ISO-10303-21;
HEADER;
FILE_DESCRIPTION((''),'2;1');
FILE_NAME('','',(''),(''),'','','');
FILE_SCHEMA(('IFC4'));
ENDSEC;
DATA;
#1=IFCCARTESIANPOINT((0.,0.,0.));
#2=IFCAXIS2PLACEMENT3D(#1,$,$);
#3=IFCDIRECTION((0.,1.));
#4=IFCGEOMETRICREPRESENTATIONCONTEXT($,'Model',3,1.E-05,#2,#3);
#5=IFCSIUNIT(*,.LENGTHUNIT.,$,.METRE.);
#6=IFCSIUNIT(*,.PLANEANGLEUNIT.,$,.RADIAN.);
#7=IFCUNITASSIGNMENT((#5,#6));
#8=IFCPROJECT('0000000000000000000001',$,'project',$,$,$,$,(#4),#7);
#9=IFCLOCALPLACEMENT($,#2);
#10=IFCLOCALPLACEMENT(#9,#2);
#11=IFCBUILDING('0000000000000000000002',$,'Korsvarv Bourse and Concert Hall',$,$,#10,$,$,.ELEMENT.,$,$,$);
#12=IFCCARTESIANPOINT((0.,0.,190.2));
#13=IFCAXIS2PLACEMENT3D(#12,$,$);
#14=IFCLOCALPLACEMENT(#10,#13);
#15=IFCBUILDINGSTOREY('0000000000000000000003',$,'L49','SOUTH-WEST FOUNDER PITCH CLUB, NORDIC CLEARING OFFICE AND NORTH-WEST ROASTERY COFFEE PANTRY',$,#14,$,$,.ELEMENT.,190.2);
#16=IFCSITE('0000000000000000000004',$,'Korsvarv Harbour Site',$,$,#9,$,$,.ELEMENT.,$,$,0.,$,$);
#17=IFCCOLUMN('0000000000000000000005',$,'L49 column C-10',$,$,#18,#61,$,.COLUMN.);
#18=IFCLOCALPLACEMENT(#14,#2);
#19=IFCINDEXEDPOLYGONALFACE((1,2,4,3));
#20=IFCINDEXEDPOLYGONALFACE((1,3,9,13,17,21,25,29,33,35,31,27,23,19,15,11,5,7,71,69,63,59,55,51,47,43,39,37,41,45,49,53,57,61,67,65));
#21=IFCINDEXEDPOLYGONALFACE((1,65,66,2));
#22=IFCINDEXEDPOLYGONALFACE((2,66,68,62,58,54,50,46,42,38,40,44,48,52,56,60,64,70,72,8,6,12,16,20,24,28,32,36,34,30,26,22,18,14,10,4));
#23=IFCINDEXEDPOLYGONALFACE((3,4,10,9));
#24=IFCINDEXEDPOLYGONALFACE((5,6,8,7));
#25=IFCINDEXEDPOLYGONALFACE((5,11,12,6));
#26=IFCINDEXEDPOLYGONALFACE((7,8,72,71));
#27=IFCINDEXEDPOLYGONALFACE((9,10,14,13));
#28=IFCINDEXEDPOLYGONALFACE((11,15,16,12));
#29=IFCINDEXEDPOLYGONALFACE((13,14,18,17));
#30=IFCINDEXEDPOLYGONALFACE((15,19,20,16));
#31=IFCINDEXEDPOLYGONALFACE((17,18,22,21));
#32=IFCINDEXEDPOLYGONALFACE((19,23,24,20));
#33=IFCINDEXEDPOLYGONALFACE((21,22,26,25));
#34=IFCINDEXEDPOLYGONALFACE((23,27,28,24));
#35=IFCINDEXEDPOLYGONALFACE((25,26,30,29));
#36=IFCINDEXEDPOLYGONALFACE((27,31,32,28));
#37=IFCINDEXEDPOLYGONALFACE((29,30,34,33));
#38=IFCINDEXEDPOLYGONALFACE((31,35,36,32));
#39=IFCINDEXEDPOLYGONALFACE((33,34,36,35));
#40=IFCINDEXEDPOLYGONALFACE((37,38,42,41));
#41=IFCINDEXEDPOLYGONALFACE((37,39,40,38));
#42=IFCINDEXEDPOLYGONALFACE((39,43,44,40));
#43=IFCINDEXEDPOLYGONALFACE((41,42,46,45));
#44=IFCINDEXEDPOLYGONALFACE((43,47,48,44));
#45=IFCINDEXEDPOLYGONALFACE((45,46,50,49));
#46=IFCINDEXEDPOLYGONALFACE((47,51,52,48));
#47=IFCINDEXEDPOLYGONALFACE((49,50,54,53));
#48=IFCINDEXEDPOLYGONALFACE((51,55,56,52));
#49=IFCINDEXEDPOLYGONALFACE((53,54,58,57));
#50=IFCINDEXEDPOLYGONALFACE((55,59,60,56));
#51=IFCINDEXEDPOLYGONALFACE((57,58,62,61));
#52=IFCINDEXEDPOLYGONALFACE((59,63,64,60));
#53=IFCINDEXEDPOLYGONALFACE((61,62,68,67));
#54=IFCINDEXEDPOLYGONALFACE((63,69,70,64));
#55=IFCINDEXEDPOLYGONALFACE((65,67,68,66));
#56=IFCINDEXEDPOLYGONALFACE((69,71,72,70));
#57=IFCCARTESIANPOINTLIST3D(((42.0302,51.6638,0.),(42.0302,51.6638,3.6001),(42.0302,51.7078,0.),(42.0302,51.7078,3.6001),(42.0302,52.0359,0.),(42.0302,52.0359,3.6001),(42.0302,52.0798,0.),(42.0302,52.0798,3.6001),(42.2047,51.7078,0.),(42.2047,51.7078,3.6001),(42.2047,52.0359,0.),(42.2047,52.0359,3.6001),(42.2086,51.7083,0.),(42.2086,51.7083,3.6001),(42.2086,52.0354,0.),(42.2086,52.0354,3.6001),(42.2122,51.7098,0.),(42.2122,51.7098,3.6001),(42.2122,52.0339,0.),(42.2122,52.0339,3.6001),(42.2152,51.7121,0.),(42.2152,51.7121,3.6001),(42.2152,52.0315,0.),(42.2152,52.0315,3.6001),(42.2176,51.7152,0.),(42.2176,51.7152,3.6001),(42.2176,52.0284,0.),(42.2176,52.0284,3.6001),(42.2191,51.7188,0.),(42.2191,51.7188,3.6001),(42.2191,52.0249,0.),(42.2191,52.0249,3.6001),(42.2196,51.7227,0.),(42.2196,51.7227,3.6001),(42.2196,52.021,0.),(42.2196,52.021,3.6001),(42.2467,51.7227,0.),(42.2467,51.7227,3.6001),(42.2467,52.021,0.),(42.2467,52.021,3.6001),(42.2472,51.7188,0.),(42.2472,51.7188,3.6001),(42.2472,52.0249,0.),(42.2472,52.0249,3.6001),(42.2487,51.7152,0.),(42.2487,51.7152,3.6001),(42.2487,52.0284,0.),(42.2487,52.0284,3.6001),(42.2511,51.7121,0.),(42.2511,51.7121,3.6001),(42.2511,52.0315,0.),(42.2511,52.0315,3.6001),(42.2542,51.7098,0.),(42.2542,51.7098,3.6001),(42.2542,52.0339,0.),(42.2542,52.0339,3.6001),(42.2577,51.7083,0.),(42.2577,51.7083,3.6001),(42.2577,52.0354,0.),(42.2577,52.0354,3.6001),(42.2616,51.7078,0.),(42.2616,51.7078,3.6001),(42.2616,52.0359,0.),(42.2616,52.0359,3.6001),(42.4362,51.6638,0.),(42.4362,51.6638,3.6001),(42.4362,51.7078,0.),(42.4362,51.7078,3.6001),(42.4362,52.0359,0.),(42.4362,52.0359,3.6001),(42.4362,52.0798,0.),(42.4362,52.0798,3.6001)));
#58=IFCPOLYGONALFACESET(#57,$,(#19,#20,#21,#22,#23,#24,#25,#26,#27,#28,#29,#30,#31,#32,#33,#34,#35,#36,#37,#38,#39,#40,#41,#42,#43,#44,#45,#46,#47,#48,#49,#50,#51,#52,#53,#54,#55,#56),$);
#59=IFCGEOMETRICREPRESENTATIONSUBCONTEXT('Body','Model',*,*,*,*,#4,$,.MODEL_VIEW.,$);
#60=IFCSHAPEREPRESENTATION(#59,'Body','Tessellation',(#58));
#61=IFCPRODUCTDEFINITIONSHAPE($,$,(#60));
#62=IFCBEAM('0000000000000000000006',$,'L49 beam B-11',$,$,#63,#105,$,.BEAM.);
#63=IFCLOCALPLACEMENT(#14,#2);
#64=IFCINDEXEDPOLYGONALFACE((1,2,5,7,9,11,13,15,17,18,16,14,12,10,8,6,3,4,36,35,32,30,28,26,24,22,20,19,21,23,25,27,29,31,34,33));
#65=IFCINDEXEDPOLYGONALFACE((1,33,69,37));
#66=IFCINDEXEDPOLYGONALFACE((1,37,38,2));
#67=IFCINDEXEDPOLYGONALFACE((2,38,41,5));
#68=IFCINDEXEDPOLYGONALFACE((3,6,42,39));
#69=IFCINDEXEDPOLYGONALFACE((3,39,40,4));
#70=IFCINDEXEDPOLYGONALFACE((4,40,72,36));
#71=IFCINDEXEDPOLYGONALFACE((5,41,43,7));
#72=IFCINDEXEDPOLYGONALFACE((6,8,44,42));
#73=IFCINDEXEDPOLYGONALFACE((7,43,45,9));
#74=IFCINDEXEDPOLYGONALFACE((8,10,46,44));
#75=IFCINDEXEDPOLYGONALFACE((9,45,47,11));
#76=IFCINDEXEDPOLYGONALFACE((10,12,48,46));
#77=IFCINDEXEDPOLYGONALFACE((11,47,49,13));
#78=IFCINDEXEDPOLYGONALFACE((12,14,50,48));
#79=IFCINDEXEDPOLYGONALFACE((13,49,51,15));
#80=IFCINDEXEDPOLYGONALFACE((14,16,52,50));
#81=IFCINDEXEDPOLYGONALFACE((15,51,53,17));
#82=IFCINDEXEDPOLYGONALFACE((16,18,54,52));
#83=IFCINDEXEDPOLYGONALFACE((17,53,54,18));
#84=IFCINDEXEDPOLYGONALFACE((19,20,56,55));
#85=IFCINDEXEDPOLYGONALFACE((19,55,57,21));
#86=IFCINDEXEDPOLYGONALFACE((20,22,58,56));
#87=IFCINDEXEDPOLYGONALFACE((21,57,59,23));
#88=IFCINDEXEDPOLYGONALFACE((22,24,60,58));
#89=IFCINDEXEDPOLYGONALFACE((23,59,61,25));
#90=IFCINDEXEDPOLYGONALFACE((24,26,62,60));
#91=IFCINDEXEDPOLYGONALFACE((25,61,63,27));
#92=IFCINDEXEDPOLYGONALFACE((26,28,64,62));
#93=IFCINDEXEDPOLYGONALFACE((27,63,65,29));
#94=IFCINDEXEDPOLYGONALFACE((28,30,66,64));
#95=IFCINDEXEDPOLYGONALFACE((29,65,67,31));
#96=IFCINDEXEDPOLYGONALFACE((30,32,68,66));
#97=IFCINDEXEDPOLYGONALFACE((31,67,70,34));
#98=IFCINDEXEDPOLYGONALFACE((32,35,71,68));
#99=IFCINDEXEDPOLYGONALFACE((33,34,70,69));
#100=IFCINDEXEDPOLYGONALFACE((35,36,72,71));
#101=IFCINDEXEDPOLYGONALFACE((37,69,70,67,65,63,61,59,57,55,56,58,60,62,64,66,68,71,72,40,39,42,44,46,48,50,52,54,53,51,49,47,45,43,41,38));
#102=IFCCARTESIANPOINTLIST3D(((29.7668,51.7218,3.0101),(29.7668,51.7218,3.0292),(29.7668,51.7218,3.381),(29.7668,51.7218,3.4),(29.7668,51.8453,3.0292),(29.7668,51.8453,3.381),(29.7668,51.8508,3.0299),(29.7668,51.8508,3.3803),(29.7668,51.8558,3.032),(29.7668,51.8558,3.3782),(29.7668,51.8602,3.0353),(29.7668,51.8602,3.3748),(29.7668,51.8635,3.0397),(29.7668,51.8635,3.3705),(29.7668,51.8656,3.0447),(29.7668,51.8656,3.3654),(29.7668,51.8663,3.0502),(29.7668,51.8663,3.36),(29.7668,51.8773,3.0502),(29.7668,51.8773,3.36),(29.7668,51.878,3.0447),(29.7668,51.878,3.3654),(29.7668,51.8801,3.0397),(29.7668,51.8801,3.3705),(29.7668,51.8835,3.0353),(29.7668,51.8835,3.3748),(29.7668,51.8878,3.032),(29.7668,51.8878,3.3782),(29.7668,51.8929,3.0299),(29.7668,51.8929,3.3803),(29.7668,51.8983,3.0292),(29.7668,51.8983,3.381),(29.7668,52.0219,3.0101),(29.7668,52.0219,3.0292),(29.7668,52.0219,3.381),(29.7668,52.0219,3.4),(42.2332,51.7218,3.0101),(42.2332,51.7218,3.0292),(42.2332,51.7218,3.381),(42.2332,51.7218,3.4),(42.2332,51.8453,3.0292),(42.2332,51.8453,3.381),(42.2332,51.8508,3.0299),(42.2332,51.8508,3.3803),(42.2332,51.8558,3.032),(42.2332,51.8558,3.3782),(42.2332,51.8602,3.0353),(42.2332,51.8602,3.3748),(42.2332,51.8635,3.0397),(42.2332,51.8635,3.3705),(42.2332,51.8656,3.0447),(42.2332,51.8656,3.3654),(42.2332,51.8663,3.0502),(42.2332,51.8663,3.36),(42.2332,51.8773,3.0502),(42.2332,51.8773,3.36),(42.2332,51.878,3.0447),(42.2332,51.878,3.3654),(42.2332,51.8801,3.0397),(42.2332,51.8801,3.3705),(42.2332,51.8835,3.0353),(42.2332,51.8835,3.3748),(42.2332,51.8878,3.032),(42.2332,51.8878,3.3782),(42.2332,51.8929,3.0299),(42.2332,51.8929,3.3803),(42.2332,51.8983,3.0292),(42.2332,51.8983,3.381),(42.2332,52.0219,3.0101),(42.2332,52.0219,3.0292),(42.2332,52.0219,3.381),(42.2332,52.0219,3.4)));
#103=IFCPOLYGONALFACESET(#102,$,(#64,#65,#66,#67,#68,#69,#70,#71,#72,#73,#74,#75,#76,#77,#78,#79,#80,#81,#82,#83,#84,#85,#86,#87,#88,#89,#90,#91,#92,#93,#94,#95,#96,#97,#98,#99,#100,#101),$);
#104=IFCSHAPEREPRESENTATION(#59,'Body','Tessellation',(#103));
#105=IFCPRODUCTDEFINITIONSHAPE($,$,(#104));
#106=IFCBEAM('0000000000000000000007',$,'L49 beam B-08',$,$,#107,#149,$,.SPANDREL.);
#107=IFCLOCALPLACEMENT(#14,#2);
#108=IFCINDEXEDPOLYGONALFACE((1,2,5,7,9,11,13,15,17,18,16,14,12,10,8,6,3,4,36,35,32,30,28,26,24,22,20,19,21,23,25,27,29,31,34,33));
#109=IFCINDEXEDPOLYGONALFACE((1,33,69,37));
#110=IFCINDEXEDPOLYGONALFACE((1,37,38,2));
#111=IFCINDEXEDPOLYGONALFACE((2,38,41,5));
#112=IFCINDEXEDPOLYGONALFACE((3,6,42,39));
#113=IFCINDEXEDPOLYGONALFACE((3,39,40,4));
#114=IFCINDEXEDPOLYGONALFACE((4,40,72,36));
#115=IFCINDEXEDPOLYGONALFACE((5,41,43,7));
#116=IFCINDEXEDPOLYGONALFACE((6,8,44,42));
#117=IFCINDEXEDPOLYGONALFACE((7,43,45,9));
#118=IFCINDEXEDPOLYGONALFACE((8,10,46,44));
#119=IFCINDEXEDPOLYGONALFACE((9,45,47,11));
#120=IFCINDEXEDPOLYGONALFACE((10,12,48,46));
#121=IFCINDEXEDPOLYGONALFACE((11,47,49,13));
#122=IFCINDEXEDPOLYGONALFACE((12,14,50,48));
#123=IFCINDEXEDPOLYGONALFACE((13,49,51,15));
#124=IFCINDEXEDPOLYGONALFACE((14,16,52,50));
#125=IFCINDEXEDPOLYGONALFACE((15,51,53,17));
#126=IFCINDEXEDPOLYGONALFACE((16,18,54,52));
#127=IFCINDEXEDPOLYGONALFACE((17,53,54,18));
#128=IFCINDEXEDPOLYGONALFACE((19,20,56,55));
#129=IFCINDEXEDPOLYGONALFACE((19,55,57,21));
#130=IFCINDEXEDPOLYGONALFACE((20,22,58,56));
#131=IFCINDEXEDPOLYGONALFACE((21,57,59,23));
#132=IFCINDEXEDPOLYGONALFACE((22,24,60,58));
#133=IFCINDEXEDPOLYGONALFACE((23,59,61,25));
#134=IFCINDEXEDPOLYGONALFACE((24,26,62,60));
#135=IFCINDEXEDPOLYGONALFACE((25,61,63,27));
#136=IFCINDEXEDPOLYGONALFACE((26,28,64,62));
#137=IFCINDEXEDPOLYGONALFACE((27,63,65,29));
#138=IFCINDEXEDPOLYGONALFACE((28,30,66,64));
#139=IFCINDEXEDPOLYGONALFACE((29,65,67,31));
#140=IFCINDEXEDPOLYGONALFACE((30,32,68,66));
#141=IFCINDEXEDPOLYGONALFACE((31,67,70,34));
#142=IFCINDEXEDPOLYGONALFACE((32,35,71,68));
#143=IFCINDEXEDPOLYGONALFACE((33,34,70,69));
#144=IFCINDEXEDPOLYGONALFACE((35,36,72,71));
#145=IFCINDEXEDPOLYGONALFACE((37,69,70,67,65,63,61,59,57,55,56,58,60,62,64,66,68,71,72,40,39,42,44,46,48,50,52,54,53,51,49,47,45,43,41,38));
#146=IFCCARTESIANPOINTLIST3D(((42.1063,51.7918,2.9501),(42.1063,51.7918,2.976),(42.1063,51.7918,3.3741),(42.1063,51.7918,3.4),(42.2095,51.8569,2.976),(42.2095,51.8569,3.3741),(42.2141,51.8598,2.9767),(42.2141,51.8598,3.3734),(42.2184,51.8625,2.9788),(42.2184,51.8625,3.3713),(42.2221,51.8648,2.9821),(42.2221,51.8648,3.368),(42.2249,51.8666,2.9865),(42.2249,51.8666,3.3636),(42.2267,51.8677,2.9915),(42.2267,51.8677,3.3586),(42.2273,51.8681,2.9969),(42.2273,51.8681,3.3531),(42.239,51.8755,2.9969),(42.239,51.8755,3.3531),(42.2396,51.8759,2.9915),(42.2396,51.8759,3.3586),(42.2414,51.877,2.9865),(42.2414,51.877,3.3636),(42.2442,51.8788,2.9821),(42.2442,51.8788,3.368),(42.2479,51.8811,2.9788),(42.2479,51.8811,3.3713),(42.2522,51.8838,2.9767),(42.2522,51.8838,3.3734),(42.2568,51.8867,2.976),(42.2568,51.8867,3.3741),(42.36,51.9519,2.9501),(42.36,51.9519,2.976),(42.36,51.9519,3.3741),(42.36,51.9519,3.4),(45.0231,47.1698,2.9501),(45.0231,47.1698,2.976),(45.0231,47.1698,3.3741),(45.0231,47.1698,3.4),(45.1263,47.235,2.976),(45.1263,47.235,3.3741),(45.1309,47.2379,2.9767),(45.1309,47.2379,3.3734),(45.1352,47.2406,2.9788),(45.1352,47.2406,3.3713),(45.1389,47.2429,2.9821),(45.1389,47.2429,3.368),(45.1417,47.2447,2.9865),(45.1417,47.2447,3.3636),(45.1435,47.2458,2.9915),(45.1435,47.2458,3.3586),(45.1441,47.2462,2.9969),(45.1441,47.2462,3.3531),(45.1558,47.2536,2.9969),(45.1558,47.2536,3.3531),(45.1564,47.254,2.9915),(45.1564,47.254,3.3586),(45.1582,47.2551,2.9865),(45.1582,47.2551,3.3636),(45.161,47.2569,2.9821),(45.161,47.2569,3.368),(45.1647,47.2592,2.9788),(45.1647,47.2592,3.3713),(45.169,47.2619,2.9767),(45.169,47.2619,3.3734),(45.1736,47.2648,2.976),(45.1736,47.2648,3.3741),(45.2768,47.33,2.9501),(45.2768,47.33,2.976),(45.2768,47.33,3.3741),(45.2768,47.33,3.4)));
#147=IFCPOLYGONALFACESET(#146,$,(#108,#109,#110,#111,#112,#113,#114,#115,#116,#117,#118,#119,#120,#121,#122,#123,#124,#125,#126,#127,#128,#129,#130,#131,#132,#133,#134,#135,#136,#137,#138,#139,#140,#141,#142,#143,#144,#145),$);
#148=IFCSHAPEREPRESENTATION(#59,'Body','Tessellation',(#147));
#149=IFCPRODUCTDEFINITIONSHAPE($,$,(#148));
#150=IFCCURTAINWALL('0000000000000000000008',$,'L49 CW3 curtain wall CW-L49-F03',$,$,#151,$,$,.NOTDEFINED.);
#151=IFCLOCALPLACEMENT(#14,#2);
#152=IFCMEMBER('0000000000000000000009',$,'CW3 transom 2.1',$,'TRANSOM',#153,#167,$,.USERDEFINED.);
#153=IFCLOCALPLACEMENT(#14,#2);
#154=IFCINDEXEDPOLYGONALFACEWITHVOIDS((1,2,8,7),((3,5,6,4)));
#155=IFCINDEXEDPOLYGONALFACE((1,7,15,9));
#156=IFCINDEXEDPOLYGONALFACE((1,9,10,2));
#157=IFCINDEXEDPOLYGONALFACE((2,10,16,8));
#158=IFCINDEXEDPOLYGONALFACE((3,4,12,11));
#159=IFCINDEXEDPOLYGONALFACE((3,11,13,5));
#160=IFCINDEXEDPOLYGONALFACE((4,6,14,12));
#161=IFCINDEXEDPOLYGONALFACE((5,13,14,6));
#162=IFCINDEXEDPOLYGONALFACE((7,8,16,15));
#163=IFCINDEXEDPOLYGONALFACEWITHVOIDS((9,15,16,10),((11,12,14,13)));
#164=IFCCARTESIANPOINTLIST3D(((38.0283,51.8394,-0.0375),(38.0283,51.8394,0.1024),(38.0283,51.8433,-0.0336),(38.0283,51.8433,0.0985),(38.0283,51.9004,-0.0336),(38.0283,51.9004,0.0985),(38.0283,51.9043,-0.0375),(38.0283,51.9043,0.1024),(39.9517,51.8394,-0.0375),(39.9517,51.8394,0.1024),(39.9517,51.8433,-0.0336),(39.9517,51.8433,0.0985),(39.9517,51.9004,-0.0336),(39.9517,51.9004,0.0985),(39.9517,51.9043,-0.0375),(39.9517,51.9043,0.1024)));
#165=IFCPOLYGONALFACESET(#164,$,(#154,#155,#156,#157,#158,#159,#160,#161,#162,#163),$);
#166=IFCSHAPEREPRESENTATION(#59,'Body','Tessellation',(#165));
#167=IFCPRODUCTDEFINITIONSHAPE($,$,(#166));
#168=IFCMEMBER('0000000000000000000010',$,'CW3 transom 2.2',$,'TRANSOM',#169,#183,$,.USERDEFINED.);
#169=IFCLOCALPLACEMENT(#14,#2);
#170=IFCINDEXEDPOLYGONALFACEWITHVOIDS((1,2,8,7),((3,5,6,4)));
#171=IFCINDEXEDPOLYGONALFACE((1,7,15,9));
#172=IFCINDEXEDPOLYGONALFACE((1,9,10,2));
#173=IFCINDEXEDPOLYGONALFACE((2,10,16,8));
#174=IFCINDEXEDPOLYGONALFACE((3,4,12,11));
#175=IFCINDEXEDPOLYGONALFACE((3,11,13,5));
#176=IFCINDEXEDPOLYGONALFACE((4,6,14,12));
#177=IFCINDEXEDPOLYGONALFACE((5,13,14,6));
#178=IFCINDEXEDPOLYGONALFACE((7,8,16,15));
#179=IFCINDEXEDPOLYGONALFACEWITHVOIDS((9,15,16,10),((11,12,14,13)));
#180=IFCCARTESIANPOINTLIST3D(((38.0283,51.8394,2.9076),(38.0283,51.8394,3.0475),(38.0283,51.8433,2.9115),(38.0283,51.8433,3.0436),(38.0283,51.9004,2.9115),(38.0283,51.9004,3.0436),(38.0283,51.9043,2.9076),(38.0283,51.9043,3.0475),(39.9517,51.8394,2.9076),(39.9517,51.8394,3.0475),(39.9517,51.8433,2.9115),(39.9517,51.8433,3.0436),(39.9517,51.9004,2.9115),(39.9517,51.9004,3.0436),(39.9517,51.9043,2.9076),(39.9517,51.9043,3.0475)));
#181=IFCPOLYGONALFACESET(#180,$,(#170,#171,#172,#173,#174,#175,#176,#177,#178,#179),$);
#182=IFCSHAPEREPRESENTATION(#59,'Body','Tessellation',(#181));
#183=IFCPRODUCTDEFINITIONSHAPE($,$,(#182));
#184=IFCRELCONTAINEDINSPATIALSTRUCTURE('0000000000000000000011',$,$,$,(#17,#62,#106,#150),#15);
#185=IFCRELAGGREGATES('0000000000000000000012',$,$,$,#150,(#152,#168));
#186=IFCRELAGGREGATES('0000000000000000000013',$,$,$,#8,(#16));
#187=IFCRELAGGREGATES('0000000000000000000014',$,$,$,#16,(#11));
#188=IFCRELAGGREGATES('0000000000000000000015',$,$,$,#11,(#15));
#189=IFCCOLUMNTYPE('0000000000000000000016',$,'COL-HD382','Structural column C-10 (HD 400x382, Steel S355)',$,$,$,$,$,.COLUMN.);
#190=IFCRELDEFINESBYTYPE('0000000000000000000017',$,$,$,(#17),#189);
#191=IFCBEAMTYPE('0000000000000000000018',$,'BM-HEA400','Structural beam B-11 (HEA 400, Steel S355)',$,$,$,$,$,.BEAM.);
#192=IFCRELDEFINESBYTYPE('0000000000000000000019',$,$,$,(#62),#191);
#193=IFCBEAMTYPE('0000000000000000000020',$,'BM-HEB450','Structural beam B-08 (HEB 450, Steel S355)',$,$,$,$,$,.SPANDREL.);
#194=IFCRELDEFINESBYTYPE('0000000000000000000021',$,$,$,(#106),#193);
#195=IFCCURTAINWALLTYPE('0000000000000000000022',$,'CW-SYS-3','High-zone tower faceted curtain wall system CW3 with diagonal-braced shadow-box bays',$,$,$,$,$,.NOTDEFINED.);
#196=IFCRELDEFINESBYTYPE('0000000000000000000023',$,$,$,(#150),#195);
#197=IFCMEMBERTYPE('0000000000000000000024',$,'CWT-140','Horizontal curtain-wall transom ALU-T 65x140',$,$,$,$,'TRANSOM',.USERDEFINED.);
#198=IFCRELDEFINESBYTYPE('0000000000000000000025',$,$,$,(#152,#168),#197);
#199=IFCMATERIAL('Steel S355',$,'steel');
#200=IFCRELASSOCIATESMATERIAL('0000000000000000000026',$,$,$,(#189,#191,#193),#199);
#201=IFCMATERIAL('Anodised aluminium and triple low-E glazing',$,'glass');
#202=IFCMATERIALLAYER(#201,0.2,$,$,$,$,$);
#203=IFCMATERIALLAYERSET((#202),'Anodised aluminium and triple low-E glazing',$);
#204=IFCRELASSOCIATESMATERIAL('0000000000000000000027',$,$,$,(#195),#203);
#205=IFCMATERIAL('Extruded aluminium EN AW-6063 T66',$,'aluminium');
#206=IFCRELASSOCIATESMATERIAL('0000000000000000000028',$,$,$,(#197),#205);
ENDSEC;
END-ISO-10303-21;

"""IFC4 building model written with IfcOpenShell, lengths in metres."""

from ifc_helpers import new_model, si_unit, direction, frame, origin, origin_2d, place, context, subcontext, project, spatial, hollow_rectangle, i_section, extrude, source, transform, mapped, material, layer, layer_set, material_profile, profile_set, type_object, element, aggregate, save


model = new_model("IFC4")

# Units and contexts
model_context = context("Model", 3, precision=1e-05, world=origin(), true_north=direction((0.0, 1.0)))
body_context = subcontext(model_context, "Body", "Model", "MODEL_VIEW")
ifc_project = project(units=[si_unit("LENGTHUNIT", "METRE"), si_unit("PLANEANGLEUNIT", "RADIAN")], contexts=[model_context])

# Site, building, storey
site_placement = place(None, origin())
site = spatial("IfcSite", under=ifc_project, at=site_placement, Name="Korsvarv Harbour Site", CompositionType="ELEMENT", RefElevation=0.0)
building_placement = place(site_placement, origin())
building = spatial("IfcBuilding", under=site, at=building_placement, Name="Korsvarv Bourse and Concert Hall", CompositionType="ELEMENT")
storey_placement = place(building_placement, frame((0.0, 0.0, 190.2)))
storey = spatial("IfcBuildingStorey", under=building, at=storey_placement, Name="L49", Description="SOUTH-WEST FOUNDER PITCH CLUB, NORDIC CLEARING OFFICE AND NORTH-WEST ROASTERY COFFEE PANTRY", CompositionType="ELEMENT", Elevation=190.2)

# Column
ifc_material_1 = material(Name="Steel S355", Category="steel")
ifc_material_profile_1 = material_profile(ifc_material_1, i_section(OverallWidth=0.406, OverallDepth=0.416, WebThickness=0.0271, FlangeThickness=0.0439, FilletRadius=0.0149, at=origin_2d()), Name="HD 400x382")
ifc_profile_set_1 = profile_set([ifc_material_profile_1], Name="Steel S355")
column_type = type_object("IfcColumnType", Name="COL-HD382", Description="Structural column C-10 (HD 400x382, Steel S355)", PredefinedType="COLUMN", material=ifc_profile_set_1)
shared_shape_1 = source(origin(), body_context, "Body", "SweptSolid", [
    extrude(i_section(OverallWidth=0.406, OverallDepth=0.416, WebThickness=0.0271, FlangeThickness=0.0439, FilletRadius=0.0149, at=origin_2d()), origin(), (0.0, 0.0, 1.0), 3.6001),
])
column_placement = place(storey_placement, frame((42.2332, 51.8718, 0.0), z_axis=(0.0, 0.0, 1.0), x_axis=(1.0, 0.0, 0.0)))
element("IfcColumn", 1, at=column_placement, inside=storey, type_object=column_type, Name="L49 column C-10", PredefinedType="COLUMN", context=body_context, shape_type="MappedRepresentation", body=[
    mapped(shared_shape_1, transform((0.0, 0.0, 0.0), scale=1.0)),
])

# Beams
ifc_material_profile_2 = material_profile(ifc_material_1, i_section(OverallWidth=0.3, OverallDepth=0.3899, WebThickness=0.011, FlangeThickness=0.019, FilletRadius=0.021, at=origin_2d()), Name="HEA 400")
ifc_profile_set_2 = profile_set([ifc_material_profile_2], Name="Steel S355")
beam_type_1 = type_object("IfcBeamType", Name="BM-HEA400", Description="Structural beam B-11 (HEA 400, Steel S355)", PredefinedType="BEAM", material=ifc_profile_set_2)
shared_shape_2 = source(origin(), body_context, "Body", "SweptSolid", [
    extrude(i_section(OverallWidth=0.3, OverallDepth=0.3899, WebThickness=0.011, FlangeThickness=0.019, FilletRadius=0.021, at=origin_2d()), origin(), (0.0, 0.0, 1.0), 12.4663),
])
beam_1_placement = place(storey_placement, frame((42.2332, 51.8718, 3.2051), z_axis=(-1.0, 0.0, 0.0), x_axis=(0.0, -1.0, 0.0)))
element("IfcBeam", 2, at=beam_1_placement, inside=storey, type_object=beam_type_1, Name="L49 beam B-11", PredefinedType="BEAM", context=body_context, shape_type="MappedRepresentation", body=[
    mapped(shared_shape_2, transform((0.0, 0.0, 0.0), scale=1.0)),
])
ifc_material_profile_3 = material_profile(ifc_material_1, i_section(OverallWidth=0.3, OverallDepth=0.45, WebThickness=0.0139, FlangeThickness=0.0259, FilletRadius=0.021, at=origin_2d()), Name="HEB 450")
ifc_profile_set_3 = profile_set([ifc_material_profile_3], Name="Steel S355")
beam_type_2 = type_object("IfcBeamType", Name="BM-HEB450", Description="Structural beam B-08 (HEB 450, Steel S355)", PredefinedType="SPANDREL", material=ifc_profile_set_3)
shared_shape_3 = source(origin(), body_context, "Body", "SweptSolid", [
    extrude(i_section(OverallWidth=0.3, OverallDepth=0.45, WebThickness=0.0139, FlangeThickness=0.0259, FilletRadius=0.021, at=origin_2d()), origin(), (0.0, 0.0, 1.0), 5.4653),
])
beam_2_placement = place(storey_placement, frame((42.2332, 51.8718, 3.175), z_axis=(0.533692, -0.845679, 0.0), x_axis=(0.845679, 0.533692, 0.0)))
element("IfcBeam", 3, at=beam_2_placement, inside=storey, type_object=beam_type_2, Name="L49 beam B-08", PredefinedType="SPANDREL", context=body_context, shape_type="MappedRepresentation", body=[
    mapped(shared_shape_3, transform((0.0, 0.0, 0.0), scale=1.0)),
])

# Curtain wall, members
ifc_material_2 = material(Name="Anodised aluminium and triple low-E glazing", Category="glass")
ifc_layer_1 = layer(ifc_material_2, 0.2)
ifc_layer_set_1 = layer_set([ifc_layer_1], Name="Anodised aluminium and triple low-E glazing")
curtain_wall_type = type_object("IfcCurtainWallType", Name="CW-SYS-3", Description="High-zone tower faceted curtain wall system CW3 with diagonal-braced shadow-box bays", PredefinedType="NOTDEFINED", material=ifc_layer_set_1)
curtain_wall_placement = place(storey_placement, origin())
curtain_wall = element("IfcCurtainWall", 4, at=curtain_wall_placement, inside=storey, type_object=curtain_wall_type, Name="L49 CW3 curtain wall CW-L49-F03", PredefinedType="NOTDEFINED")
ifc_material_3 = material(Name="Extruded aluminium EN AW-6063 T66", Category="aluminium")
ifc_material_profile_4 = material_profile(ifc_material_3, hollow_rectangle(XDim=0.0649, YDim=0.1399, WallThickness=0.0039, at=origin_2d()), Name="ALU-T 65x140")
ifc_profile_set_4 = profile_set([ifc_material_profile_4], Name="Extruded aluminium EN AW-6063 T66")
member_type_1 = type_object("IfcMemberType", Name="CWT-140", Description="Horizontal curtain-wall transom ALU-T 65x140", ElementType="TRANSOM", PredefinedType="USERDEFINED", material=ifc_profile_set_4)
shared_shape_4 = source(origin(), body_context, "Body", "SweptSolid", [
    extrude(hollow_rectangle(XDim=0.0649, YDim=0.1399, WallThickness=0.0039, at=origin_2d()), origin(), (0.0, 0.0, 1.0), 1.9233),
])
member_1_placement = place(storey_placement, frame((39.9517, 51.8718, 0.0325), z_axis=(-1.0, 0.0, 0.0), x_axis=(0.0, -1.0, 0.0)))
member_1 = element("IfcMember", 5, at=member_1_placement, type_object=member_type_1, Name="CW3 transom 2.1", ObjectType="TRANSOM", PredefinedType="USERDEFINED", context=body_context, shape_type="MappedRepresentation", body=[
    mapped(shared_shape_4, transform((0.0, 0.0, 0.0), scale=1.0)),
])
member_2_placement = place(storey_placement, frame((39.9517, 51.8718, 2.9775), z_axis=(-1.0, 0.0, 0.0), x_axis=(0.0, -1.0, 0.0)))
member_2 = element("IfcMember", 6, at=member_2_placement, type_object=member_type_1, Name="CW3 transom 2.2", ObjectType="TRANSOM", PredefinedType="USERDEFINED", context=body_context, shape_type="MappedRepresentation", body=[
    mapped(shared_shape_4, transform((0.0, 0.0, 0.0), scale=1.0)),
])
aggregate(curtain_wall, [member_1, member_2])

save(model, "model.ifc")
